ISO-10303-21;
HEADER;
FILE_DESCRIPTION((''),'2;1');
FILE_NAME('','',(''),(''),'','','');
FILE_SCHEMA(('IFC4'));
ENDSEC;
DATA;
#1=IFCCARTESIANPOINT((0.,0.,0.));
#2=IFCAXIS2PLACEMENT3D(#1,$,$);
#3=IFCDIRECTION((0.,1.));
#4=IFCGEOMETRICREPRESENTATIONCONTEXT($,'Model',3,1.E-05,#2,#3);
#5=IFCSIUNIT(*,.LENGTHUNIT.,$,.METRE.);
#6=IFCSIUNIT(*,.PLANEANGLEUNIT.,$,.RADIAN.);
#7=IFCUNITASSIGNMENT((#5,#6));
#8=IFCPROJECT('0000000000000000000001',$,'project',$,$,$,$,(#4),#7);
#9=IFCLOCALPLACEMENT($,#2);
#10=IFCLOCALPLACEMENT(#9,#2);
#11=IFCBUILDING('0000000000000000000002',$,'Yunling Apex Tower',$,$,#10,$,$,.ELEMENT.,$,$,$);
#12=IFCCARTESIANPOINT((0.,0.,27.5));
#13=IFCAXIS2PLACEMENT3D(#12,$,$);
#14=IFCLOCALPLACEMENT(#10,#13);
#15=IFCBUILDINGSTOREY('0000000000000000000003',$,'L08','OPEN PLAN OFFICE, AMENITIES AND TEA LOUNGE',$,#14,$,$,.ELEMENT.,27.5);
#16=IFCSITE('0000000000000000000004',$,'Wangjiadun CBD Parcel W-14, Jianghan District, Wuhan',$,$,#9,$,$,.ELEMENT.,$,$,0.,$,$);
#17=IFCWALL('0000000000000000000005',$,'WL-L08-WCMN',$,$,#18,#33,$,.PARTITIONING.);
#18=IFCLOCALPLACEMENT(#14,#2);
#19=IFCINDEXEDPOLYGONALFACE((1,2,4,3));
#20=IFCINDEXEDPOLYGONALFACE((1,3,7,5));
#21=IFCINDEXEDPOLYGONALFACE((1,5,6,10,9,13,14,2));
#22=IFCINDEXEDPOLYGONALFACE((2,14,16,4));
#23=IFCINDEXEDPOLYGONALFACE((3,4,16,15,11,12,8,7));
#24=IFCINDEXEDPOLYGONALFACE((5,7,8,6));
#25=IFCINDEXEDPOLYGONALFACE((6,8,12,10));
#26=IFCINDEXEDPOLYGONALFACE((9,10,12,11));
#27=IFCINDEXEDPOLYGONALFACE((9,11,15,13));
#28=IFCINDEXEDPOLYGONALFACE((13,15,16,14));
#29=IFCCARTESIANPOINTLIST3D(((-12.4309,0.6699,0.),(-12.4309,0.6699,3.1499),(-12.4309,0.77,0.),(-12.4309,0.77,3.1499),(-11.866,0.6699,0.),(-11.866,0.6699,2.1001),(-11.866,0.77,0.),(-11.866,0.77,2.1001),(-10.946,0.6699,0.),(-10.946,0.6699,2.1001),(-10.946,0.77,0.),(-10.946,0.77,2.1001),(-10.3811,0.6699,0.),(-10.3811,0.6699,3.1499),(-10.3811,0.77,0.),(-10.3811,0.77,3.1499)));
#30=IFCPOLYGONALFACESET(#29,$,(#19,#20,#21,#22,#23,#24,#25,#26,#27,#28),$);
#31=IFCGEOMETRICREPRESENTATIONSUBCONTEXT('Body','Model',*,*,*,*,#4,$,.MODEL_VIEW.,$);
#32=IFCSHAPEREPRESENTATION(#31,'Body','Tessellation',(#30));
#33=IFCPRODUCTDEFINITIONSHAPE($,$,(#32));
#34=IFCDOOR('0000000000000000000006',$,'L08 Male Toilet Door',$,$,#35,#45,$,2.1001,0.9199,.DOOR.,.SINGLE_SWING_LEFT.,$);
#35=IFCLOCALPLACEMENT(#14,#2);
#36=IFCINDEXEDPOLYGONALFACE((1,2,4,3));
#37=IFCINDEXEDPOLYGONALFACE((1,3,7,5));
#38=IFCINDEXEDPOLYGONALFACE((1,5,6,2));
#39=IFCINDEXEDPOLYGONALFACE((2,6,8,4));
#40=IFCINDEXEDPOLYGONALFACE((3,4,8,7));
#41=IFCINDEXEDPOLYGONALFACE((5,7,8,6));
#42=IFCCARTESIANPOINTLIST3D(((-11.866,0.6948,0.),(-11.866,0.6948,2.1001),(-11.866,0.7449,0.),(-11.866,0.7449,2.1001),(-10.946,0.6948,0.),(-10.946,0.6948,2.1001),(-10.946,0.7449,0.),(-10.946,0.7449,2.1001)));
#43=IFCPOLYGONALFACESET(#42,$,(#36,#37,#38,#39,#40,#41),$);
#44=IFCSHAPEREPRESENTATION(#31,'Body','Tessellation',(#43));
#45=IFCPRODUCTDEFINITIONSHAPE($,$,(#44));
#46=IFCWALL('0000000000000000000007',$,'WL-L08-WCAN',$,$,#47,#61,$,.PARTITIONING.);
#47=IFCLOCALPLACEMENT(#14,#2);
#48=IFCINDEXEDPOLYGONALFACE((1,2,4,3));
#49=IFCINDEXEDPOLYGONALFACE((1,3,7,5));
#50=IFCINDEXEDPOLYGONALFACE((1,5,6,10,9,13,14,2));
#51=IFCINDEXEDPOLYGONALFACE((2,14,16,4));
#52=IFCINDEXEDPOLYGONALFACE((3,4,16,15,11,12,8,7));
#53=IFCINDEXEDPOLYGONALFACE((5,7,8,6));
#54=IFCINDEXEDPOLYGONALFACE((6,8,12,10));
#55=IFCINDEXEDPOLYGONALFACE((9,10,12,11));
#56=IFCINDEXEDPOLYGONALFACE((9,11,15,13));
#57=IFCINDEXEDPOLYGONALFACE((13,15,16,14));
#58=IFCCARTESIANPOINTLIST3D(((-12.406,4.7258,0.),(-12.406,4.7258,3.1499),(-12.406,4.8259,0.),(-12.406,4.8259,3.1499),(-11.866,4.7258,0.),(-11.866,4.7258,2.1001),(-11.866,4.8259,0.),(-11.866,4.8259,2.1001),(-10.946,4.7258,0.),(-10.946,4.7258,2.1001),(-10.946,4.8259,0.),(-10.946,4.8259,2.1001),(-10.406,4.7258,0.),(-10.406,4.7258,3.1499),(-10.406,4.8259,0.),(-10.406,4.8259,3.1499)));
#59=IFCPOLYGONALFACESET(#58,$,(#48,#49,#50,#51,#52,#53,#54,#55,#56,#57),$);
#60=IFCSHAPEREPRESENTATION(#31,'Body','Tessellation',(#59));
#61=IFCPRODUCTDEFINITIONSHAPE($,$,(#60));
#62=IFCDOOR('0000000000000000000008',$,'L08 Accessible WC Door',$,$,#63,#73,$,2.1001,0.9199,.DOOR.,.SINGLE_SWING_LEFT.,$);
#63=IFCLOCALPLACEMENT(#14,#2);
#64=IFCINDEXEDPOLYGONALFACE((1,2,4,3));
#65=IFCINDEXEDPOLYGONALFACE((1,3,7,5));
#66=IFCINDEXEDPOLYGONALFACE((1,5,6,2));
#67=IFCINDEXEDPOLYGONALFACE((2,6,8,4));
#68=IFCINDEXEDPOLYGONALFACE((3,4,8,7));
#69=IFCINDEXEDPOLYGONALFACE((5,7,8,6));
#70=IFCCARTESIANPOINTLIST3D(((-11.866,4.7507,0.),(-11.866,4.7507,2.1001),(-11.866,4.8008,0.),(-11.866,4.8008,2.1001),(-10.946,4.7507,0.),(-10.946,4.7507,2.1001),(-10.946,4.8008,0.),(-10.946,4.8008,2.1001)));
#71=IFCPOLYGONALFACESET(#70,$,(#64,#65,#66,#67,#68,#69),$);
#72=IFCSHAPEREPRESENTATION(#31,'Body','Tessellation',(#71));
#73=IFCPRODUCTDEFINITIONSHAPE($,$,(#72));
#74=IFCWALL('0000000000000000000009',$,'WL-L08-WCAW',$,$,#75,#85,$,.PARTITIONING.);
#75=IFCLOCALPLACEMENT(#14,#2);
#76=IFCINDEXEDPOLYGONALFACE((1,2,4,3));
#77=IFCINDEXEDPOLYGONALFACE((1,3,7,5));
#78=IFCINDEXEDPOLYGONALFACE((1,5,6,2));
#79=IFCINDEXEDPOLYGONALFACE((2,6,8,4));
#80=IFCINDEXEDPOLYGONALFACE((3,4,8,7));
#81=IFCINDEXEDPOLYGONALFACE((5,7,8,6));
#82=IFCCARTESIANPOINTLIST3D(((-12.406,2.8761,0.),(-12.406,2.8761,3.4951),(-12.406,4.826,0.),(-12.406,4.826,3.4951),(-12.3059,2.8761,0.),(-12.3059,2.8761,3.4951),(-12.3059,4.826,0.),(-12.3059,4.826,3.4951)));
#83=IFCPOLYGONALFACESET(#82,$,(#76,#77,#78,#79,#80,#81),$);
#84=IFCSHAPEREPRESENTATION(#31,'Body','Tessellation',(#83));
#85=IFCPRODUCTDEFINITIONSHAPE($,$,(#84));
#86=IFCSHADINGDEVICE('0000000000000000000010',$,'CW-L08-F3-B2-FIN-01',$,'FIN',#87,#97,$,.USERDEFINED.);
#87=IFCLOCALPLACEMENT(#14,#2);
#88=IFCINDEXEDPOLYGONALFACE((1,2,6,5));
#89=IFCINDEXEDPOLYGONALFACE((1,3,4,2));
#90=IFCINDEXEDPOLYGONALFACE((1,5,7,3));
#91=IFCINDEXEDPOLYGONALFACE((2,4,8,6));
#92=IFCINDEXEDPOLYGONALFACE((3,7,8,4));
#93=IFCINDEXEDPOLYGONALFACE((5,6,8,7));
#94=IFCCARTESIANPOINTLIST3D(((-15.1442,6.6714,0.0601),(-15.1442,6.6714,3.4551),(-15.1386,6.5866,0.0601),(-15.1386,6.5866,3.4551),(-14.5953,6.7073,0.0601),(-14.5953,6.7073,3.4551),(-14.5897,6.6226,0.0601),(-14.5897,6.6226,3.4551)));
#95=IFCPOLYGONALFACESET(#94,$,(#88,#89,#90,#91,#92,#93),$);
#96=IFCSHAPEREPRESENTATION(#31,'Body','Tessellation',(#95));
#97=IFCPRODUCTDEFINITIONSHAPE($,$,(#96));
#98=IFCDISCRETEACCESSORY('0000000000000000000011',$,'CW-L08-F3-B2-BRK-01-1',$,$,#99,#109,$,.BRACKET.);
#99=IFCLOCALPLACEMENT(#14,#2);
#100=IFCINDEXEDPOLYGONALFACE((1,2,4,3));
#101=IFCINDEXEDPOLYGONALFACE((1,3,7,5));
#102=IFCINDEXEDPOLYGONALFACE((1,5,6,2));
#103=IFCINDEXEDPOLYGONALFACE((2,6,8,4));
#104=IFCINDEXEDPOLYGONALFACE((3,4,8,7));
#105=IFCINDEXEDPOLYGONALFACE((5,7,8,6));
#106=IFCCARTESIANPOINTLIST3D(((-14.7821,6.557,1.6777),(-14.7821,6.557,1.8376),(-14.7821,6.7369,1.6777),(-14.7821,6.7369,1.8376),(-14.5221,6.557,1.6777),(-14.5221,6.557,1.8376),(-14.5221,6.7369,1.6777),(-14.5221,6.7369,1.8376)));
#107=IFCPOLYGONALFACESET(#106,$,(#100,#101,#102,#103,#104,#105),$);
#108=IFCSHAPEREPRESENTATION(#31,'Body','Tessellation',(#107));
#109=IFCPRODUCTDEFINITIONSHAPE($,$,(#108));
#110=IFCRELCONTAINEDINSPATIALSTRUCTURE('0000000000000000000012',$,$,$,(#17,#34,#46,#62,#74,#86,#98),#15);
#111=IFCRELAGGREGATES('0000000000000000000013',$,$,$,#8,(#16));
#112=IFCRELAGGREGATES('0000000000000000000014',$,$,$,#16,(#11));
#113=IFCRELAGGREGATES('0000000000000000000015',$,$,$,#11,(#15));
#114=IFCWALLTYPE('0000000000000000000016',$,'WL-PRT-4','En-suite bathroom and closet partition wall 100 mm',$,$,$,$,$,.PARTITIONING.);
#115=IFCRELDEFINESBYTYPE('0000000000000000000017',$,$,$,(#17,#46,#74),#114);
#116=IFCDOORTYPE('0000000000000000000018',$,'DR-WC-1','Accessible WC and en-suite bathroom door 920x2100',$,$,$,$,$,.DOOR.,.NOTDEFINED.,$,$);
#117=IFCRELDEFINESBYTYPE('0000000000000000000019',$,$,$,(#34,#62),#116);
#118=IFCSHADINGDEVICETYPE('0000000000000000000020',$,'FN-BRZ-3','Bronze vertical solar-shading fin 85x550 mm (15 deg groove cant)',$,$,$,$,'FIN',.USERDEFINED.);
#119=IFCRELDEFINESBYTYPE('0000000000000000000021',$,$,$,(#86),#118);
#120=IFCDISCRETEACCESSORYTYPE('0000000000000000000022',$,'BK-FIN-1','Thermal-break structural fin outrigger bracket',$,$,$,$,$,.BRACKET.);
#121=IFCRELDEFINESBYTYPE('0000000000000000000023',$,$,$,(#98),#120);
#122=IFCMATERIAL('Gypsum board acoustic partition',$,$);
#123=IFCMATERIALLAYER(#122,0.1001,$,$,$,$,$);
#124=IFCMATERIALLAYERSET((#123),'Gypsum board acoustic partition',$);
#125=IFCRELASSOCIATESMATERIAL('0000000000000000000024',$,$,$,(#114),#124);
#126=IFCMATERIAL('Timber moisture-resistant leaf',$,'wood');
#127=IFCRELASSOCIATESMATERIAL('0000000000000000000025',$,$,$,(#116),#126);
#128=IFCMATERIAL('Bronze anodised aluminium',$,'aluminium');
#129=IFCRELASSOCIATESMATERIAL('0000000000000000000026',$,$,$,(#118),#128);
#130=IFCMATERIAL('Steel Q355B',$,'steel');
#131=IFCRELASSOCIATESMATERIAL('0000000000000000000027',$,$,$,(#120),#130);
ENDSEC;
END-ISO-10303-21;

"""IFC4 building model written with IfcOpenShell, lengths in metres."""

from ifc_helpers import new_model, si_unit, direction, frame, frame_2d, origin, origin_2d, place, context, subcontext, project, spatial, rectangle, extrude, source, transform, mapped, material, layer, layer_set, material_profile, profile_set, type_object, element, fill, save


model = new_model("IFC4")

# Units and contexts
model_context = context("Model", 3, precision=1e-05, world=origin(), true_north=direction((0.0, 1.0)))
body_context = subcontext(model_context, "Body", "Model", "MODEL_VIEW")
ifc_project = project(units=[si_unit("LENGTHUNIT", "METRE"), si_unit("PLANEANGLEUNIT", "RADIAN")], contexts=[model_context])

# Site, building, storey
site_placement = place(None, origin())
site = spatial("IfcSite", under=ifc_project, at=site_placement, Name="Wangjiadun CBD Parcel W-14, Jianghan District, Wuhan", CompositionType="ELEMENT", RefElevation=0.0)
building_placement = place(site_placement, origin())
building = spatial("IfcBuilding", under=site, at=building_placement, Name="Yunling Apex Tower", CompositionType="ELEMENT")
storey_placement = place(building_placement, frame((0.0, 0.0, 27.5)))
storey = spatial("IfcBuildingStorey", under=building, at=storey_placement, Name="L08", Description="OPEN PLAN OFFICE, AMENITIES AND TEA LOUNGE", CompositionType="ELEMENT", Elevation=27.5)

# Shared definitions
ifc_material_1 = material(Name="Steel Q355B", Category="steel")

# Shared definitions
ifc_material_2 = material(Name="Bronze anodised aluminium", Category="aluminium")

# Walls, openings, doors
ifc_material_3 = material(Name="Gypsum board acoustic partition")
ifc_layer_1 = layer(ifc_material_3, 0.1001)
ifc_layer_set_1 = layer_set([ifc_layer_1], Name="Gypsum board acoustic partition")
wall_type = type_object("IfcWallType", Name="WL-PRT-4", Description="En-suite bathroom and closet partition wall 100 mm", PredefinedType="PARTITIONING", material=ifc_layer_set_1)
wall_1_placement = place(storey_placement, frame((-12.4309, 0.72, 0.0), z_axis=(0.0, 0.0, 1.0), x_axis=(1.0, 0.0, 0.0)))
wall_1 = element("IfcWall", 1, at=wall_1_placement, inside=storey, type_object=wall_type, Name="WL-L08-WCMN", PredefinedType="PARTITIONING", context=body_context, shape_type="SweptSolid", body=[
    extrude(rectangle(XDim=2.0498, YDim=0.1001, at=frame_2d((1.0249, 0.0))), origin(), (0.0, 0.0, 1.0), 3.1499),
])
opening_1_placement = place(wall_1_placement, frame((0.5649, 0.0, 0.0)))
opening_1 = element("IfcOpeningElement", 2, at=opening_1_placement, cuts=wall_1, PredefinedType="OPENING", context=body_context, shape_type="SweptSolid", body=[
    extrude(rectangle(XDim=0.9199, YDim=2.1001, at=frame_2d((0.46, 1.05))), frame((0.0, 0.0601, 0.0), z_axis=(0.0, -1.0, 0.0), x_axis=(1.0, 0.0, 0.0)), (0.0, 0.0, 1.0), 0.1201),
])
ifc_material_4 = material(Name="Timber moisture-resistant leaf", Category="wood")
door_type = type_object("IfcDoorType", Name="DR-WC-1", Description="Accessible WC and en-suite bathroom door 920x2100", OperationType="NOTDEFINED", PredefinedType="DOOR", material=ifc_material_4)
door_1_placement = place(opening_1_placement, origin())
door_1 = element("IfcDoor", 3, at=door_1_placement, inside=storey, type_object=door_type, Name="L08 Male Toilet Door", OperationType="SINGLE_SWING_LEFT", OverallHeight=2.1001, OverallWidth=0.9199, PredefinedType="DOOR", context=body_context, shape_type="SweptSolid", body=[
    extrude(rectangle(XDim=0.9199, YDim=2.1001, at=frame_2d((0.46, 1.05))), frame((0.0, 0.0249, 0.0), z_axis=(0.0, -1.0, 0.0), x_axis=(1.0, 0.0, 0.0)), (0.0, 0.0, 1.0), 0.05),
])
fill(opening_1, door_1)
wall_2_placement = place(storey_placement, frame((-12.406, 4.7759, 0.0), z_axis=(0.0, 0.0, 1.0), x_axis=(1.0, 0.0, 0.0)))
wall_2 = element("IfcWall", 4, at=wall_2_placement, inside=storey, type_object=wall_type, Name="WL-L08-WCAN", PredefinedType="PARTITIONING", context=body_context, shape_type="SweptSolid", body=[
    extrude(rectangle(XDim=2.0, YDim=0.1001, at=frame_2d((1.0, 0.0))), origin(), (0.0, 0.0, 1.0), 3.1499),
])
opening_2_placement = place(wall_2_placement, frame((0.54, 0.0, 0.0)))
opening_2 = element("IfcOpeningElement", 5, at=opening_2_placement, cuts=wall_2, PredefinedType="OPENING", context=body_context, shape_type="SweptSolid", body=[
    extrude(rectangle(XDim=0.9199, YDim=2.1001, at=frame_2d((0.46, 1.05))), frame((0.0, 0.0601, 0.0), z_axis=(0.0, -1.0, 0.0), x_axis=(1.0, 0.0, 0.0)), (0.0, 0.0, 1.0), 0.1201),
])
door_2_placement = place(opening_2_placement, origin())
door_2 = element("IfcDoor", 6, at=door_2_placement, inside=storey, type_object=door_type, Name="L08 Accessible WC Door", OperationType="SINGLE_SWING_LEFT", OverallHeight=2.1001, OverallWidth=0.9199, PredefinedType="DOOR", context=body_context, shape_type="SweptSolid", body=[
    extrude(rectangle(XDim=0.9199, YDim=2.1001, at=frame_2d((0.46, 1.05))), frame((0.0, 0.0249, 0.0), z_axis=(0.0, -1.0, 0.0), x_axis=(1.0, 0.0, 0.0)), (0.0, 0.0, 1.0), 0.05),
])
fill(opening_2, door_2)

# Wall
wall_3_placement = place(storey_placement, frame((-12.356, 2.876, 0.0), z_axis=(0.0, 0.0, 1.0), x_axis=(0.0, 1.0, 0.0)))
element("IfcWall", 7, at=wall_3_placement, inside=storey, type_object=wall_type, Name="WL-L08-WCAW", PredefinedType="PARTITIONING", context=body_context, shape_type="SweptSolid", body=[
    extrude(rectangle(XDim=1.95, YDim=0.1001, at=frame_2d((0.9751, 0.0))), origin(), (0.0, 0.0, 1.0), 3.4951),
])

# Shading device
ifc_material_profile_1 = material_profile(ifc_material_2, rectangle(XDim=0.085, YDim=0.55, at=origin_2d()))
ifc_profile_set_1 = profile_set([ifc_material_profile_1], Name="Bronze anodised aluminium")
shading_device_type = type_object("IfcShadingDeviceType", Name="FN-BRZ-3", Description="Bronze vertical solar-shading fin 85x550 mm (15 deg groove cant)", ElementType="FIN", PredefinedType="USERDEFINED", material=ifc_profile_set_1)
shared_shape_1 = source(origin(), body_context, "Body", "SweptSolid", [
    extrude(rectangle(XDim=0.085, YDim=0.55, at=origin_2d()), origin(), (0.0, 0.0, 1.0), 3.395),
])
shading_device_placement = place(storey_placement, frame((-14.8669, 6.647, 0.0601), z_axis=(0.0, 0.0, 1.0), x_axis=(0.065403, -0.997859, 0.0)))
element("IfcShadingDevice", 8, at=shading_device_placement, inside=storey, type_object=shading_device_type, Name="CW-L08-F3-B2-FIN-01", ObjectType="FIN", PredefinedType="USERDEFINED", context=body_context, shape_type="MappedRepresentation", body=[
    mapped(shared_shape_1, transform((0.0, 0.0, 0.0), scale=1.0)),
])

# Discrete accessory
discrete_accessory_type = type_object("IfcDiscreteAccessoryType", Name="BK-FIN-1", Description="Thermal-break structural fin outrigger bracket", PredefinedType="BRACKET", material=ifc_material_1)
shared_shape_2 = source(origin(), body_context, "Body", "SweptSolid", [
    extrude(rectangle(XDim=0.1799, YDim=0.26, at=origin_2d()), origin(), (0.0, 0.0, 1.0), 0.1599),
])
discrete_accessory_placement = place(storey_placement, frame((-14.6521, 6.647, 1.6777), z_axis=(0.0, 0.0, 1.0), x_axis=(0.0, -1.0, 0.0)))
element("IfcDiscreteAccessory", 9, at=discrete_accessory_placement, inside=storey, type_object=discrete_accessory_type, Name="CW-L08-F3-B2-BRK-01-1", PredefinedType="BRACKET", context=body_context, shape_type="MappedRepresentation", body=[
    mapped(shared_shape_2, transform((0.0, 0.0, 0.0), scale=1.0)),
])

save(model, "model.ifc")
